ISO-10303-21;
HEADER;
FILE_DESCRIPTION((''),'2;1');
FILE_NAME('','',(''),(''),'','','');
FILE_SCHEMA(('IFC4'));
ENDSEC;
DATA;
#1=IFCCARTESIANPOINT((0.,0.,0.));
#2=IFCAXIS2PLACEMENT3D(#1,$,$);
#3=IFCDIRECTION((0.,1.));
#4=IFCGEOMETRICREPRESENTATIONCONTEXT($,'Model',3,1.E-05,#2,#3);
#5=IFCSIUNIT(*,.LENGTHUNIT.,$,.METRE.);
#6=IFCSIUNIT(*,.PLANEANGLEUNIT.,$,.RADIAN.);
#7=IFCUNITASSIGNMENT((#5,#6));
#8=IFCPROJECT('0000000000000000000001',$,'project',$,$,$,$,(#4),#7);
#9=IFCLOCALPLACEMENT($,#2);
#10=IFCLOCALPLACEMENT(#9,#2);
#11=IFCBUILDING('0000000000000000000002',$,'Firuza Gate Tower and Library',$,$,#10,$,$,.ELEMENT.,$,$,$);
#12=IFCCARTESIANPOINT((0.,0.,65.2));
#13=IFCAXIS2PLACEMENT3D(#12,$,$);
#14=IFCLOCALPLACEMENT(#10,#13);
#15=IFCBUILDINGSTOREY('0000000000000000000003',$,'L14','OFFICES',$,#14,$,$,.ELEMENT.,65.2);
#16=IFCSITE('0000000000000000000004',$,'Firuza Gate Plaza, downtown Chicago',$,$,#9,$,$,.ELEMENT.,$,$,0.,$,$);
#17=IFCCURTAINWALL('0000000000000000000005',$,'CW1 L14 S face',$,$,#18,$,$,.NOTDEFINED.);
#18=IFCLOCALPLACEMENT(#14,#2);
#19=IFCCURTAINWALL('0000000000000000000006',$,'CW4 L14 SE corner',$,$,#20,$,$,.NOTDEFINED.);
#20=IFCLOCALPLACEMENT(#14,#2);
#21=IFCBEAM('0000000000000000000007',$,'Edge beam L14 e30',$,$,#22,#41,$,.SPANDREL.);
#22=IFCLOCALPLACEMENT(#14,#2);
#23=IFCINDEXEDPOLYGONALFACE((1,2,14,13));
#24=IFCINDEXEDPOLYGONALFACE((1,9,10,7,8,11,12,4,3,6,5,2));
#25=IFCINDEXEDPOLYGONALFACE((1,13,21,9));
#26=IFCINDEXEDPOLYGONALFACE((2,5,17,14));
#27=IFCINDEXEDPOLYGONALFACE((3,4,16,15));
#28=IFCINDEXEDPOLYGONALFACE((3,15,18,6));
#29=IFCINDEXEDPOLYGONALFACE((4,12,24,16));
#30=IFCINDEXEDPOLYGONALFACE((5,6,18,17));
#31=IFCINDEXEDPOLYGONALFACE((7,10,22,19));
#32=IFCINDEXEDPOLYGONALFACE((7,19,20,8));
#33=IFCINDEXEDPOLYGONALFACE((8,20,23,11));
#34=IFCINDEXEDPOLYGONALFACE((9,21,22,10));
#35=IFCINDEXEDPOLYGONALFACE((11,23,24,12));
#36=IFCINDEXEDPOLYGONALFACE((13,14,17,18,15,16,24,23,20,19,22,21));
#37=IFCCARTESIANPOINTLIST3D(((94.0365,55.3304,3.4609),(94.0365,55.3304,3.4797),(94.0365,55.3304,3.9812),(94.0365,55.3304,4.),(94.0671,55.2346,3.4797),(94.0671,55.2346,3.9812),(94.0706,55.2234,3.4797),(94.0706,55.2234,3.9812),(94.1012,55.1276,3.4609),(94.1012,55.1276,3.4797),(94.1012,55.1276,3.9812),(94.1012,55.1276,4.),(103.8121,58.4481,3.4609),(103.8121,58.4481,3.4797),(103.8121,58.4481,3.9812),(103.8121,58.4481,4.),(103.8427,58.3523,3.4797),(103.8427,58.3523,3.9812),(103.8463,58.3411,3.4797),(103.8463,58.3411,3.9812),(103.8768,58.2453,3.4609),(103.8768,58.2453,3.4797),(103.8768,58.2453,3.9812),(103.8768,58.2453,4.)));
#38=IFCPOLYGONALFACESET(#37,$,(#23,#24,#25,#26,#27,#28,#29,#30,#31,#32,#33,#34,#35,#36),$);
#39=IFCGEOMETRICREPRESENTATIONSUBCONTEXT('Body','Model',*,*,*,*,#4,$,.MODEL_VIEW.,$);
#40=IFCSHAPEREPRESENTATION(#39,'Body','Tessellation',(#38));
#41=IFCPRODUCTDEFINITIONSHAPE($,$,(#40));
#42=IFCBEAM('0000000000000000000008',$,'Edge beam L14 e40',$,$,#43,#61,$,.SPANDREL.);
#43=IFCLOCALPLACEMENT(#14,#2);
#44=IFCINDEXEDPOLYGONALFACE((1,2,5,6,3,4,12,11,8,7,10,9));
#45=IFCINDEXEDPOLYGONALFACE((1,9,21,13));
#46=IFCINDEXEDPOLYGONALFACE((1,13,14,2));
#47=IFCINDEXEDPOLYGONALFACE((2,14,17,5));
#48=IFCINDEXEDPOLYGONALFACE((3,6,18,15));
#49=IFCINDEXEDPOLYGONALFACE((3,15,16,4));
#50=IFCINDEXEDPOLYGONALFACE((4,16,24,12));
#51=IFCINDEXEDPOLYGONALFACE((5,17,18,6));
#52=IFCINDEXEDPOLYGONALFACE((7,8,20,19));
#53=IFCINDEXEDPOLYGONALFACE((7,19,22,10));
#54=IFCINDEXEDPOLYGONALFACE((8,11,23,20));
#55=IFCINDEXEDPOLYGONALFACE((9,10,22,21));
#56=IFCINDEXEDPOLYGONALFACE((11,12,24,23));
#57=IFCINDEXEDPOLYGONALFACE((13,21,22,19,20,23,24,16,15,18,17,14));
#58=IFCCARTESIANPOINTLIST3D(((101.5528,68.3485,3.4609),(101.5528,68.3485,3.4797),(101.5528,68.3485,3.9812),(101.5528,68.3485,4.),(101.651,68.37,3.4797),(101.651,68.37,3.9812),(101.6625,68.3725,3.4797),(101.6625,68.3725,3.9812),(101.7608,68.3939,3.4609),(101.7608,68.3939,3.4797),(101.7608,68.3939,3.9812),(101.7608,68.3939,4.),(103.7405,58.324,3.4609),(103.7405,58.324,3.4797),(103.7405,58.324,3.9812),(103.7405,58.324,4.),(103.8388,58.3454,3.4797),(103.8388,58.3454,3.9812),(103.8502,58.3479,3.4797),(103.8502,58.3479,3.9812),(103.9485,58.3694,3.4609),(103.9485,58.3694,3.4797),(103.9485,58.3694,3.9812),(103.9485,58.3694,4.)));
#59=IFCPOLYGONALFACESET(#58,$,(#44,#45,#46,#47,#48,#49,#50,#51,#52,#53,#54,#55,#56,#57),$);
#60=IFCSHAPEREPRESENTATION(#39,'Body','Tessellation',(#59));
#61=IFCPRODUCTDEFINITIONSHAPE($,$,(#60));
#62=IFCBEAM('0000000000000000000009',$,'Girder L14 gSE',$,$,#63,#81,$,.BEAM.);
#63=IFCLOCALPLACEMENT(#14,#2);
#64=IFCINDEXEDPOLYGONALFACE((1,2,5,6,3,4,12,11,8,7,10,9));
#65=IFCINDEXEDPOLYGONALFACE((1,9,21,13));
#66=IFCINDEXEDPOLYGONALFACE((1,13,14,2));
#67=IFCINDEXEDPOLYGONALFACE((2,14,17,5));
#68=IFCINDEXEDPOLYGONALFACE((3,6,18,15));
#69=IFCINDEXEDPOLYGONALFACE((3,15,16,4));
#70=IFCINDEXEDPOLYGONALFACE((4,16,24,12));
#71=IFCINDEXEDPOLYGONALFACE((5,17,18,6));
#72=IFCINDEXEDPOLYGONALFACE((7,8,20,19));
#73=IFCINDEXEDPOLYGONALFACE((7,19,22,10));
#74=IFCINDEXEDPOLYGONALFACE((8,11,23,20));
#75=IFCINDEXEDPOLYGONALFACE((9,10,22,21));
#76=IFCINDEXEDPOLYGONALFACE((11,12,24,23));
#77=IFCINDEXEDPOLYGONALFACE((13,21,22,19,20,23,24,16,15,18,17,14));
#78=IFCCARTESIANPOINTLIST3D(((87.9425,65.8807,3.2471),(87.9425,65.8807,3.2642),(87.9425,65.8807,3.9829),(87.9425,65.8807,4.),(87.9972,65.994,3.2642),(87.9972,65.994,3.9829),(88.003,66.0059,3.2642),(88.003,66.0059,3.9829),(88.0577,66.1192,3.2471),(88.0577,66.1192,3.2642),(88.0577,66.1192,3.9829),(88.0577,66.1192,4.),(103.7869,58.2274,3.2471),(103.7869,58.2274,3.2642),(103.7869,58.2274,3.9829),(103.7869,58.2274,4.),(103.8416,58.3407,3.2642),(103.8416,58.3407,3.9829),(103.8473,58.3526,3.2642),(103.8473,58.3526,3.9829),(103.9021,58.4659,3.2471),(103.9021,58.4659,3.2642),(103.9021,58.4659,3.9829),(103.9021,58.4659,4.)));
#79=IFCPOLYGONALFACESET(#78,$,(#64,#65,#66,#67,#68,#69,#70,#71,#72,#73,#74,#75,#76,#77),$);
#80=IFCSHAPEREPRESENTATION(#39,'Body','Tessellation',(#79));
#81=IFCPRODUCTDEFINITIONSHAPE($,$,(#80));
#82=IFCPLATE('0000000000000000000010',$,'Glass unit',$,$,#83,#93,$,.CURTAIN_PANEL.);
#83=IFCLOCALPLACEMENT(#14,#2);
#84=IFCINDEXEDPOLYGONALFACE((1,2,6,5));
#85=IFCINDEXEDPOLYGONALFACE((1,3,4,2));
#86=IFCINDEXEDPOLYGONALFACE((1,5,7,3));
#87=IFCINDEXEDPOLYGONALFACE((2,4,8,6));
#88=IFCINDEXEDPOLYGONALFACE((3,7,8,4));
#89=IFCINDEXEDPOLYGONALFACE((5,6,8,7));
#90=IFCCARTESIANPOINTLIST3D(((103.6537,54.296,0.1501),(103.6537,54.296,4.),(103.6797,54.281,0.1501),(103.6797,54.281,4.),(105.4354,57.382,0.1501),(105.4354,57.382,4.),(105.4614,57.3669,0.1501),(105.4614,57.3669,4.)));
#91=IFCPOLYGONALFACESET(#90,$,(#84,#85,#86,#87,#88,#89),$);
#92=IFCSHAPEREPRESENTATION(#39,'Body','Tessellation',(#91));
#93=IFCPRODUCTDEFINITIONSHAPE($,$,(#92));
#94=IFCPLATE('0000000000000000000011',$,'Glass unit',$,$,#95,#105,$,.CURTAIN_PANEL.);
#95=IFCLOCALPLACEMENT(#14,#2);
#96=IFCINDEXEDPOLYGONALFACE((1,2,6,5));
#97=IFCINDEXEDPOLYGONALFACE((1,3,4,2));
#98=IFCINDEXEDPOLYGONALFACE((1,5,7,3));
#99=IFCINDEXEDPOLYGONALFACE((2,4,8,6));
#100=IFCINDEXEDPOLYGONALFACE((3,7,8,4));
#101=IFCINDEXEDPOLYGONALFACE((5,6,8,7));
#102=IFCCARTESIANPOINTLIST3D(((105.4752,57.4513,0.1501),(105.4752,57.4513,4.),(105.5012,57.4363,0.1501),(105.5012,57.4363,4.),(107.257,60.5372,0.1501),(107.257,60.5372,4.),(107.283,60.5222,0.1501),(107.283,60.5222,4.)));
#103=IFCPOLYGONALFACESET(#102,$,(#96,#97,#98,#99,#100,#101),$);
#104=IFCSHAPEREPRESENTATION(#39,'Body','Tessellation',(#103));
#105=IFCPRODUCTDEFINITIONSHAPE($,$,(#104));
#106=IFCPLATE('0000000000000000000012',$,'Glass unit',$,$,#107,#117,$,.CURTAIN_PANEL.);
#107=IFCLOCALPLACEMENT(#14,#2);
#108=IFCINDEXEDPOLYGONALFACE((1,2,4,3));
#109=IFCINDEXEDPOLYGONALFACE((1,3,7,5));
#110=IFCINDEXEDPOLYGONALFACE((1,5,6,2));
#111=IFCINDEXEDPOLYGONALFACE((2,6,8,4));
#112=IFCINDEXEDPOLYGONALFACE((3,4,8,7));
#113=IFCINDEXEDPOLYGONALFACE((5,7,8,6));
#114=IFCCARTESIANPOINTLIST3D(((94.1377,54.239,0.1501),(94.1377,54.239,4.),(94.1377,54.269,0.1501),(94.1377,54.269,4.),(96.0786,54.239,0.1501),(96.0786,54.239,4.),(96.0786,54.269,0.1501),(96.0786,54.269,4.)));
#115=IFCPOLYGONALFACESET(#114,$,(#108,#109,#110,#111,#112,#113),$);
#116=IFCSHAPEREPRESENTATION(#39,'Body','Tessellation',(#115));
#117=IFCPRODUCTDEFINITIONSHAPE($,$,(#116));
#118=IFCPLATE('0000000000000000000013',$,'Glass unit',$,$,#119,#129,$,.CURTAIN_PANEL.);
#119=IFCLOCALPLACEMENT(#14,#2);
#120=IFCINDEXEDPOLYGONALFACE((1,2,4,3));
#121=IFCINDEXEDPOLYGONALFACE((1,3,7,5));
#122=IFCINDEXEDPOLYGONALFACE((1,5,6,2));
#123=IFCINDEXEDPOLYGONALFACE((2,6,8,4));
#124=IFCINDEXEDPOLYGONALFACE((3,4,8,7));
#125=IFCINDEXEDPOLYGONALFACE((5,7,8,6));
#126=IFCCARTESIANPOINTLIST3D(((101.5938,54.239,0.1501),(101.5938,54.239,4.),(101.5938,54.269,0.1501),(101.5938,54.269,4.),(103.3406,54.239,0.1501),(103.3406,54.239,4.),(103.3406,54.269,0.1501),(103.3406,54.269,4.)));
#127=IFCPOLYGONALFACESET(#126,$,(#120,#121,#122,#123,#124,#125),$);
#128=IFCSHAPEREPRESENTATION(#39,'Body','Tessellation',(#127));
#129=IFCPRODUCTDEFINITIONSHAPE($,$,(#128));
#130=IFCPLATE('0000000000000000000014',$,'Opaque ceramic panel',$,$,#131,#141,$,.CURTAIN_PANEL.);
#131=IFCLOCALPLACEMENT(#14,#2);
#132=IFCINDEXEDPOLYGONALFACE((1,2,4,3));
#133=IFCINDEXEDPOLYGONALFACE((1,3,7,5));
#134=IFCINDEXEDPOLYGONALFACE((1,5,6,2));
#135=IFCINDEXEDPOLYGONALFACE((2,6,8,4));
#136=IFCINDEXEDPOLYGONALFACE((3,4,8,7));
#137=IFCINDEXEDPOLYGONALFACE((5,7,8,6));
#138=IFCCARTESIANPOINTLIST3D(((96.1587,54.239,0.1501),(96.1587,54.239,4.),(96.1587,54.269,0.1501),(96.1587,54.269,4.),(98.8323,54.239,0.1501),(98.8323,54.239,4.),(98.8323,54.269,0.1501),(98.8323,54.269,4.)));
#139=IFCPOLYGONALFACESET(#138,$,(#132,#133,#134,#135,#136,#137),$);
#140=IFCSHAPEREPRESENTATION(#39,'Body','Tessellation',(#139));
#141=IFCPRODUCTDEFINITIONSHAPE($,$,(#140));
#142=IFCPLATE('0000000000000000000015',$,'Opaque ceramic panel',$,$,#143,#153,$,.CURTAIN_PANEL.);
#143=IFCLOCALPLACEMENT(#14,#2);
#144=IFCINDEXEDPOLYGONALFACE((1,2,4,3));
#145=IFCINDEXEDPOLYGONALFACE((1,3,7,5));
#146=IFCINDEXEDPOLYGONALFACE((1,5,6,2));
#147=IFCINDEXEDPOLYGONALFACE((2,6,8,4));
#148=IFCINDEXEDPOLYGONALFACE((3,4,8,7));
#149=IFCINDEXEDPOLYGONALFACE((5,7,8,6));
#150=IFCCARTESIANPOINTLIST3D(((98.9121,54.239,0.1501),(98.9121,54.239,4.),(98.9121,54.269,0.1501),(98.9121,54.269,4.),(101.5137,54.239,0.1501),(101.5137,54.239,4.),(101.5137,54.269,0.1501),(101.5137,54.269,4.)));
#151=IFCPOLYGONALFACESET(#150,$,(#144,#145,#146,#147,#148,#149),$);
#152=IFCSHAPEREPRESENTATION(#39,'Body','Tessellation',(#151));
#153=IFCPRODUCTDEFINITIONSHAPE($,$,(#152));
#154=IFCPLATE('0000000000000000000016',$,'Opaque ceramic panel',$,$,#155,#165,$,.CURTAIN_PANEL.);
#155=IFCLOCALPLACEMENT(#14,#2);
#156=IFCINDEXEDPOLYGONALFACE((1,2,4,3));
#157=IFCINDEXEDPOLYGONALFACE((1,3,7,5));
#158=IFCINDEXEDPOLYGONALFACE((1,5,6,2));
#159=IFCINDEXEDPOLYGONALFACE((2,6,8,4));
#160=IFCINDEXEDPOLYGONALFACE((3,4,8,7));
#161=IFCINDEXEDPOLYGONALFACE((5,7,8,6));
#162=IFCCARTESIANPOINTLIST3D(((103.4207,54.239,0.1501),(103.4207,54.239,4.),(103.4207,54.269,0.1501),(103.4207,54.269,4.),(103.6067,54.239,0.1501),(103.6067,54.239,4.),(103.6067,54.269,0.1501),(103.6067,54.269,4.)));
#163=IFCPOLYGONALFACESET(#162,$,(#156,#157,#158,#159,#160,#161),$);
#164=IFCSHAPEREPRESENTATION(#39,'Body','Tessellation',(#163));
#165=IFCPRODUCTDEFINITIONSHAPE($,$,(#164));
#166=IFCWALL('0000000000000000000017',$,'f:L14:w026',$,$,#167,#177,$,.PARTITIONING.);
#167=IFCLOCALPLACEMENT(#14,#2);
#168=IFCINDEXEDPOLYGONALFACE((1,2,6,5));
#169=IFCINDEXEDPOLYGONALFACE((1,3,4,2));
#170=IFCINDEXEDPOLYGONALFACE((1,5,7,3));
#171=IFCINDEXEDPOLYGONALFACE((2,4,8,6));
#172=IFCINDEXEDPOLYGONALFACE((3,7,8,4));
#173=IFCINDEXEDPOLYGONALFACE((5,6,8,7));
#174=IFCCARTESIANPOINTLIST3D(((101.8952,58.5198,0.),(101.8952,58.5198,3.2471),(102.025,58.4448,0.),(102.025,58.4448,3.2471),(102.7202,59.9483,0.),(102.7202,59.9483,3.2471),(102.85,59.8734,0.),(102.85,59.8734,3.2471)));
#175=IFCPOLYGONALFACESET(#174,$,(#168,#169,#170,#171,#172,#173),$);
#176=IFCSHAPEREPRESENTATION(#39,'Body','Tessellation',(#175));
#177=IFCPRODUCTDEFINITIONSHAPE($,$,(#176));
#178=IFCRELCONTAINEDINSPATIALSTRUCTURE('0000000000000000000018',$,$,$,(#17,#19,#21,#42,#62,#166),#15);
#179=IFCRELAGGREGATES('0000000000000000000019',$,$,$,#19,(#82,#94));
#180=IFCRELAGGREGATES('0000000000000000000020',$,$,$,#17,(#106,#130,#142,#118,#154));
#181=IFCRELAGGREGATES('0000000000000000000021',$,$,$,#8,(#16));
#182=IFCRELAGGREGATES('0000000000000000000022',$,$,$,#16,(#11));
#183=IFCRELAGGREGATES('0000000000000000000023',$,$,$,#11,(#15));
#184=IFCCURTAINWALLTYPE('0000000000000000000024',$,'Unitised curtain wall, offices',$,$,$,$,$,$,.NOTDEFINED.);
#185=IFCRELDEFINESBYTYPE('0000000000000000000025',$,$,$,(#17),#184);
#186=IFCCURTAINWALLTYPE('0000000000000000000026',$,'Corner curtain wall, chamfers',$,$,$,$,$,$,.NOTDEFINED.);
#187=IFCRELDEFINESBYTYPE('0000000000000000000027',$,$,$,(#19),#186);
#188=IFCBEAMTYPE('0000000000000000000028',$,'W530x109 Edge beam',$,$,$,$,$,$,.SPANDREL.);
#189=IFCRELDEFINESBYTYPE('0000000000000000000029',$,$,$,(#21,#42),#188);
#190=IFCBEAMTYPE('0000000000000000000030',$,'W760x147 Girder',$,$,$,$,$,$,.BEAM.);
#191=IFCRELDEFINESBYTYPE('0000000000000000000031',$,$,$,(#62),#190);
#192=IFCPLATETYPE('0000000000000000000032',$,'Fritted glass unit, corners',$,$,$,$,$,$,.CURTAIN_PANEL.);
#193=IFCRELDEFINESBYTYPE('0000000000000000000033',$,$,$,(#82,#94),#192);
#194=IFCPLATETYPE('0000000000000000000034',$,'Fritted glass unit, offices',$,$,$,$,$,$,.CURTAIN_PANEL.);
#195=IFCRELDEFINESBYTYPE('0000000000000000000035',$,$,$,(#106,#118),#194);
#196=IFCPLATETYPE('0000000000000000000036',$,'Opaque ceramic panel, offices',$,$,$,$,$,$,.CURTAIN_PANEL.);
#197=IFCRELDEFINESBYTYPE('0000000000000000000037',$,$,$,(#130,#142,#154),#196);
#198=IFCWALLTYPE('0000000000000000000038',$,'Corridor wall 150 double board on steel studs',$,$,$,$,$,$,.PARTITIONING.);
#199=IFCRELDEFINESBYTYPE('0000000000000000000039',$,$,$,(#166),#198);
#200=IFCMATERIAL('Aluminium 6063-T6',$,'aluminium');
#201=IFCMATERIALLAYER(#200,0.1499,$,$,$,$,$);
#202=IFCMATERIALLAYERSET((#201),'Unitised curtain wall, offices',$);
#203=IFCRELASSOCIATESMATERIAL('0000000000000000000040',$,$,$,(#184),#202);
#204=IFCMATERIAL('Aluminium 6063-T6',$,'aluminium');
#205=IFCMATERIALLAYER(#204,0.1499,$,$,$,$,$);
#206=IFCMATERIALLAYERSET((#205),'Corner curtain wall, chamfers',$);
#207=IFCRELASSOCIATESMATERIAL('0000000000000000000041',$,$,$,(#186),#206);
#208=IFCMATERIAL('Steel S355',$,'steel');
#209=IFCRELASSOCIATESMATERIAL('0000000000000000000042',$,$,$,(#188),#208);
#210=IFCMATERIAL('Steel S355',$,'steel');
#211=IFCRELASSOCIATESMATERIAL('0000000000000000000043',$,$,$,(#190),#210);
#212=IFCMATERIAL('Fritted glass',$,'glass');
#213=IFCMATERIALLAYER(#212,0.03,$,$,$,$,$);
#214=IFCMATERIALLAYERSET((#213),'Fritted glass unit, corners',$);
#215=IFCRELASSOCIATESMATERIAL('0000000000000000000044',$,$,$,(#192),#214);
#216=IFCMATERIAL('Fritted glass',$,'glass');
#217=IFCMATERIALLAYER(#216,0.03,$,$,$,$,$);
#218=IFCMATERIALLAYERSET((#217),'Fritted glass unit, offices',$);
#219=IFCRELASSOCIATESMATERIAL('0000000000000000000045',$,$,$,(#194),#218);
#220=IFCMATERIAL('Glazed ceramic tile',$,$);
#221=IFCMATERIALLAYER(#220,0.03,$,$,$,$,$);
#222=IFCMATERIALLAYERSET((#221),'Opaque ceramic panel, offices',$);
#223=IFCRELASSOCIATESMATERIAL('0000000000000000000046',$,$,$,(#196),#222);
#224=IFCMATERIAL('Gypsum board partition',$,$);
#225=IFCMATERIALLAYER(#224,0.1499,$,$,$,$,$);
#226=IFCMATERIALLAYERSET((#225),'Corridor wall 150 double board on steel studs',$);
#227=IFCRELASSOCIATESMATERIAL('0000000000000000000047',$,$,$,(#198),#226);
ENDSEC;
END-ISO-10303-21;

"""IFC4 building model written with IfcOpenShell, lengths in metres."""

from ifc_helpers import new_model, si_unit, direction, frame, frame_2d, origin, origin_2d, place, context, subcontext, project, spatial, polyline, rectangle, i_section, outline, extrude, material, layer, layer_set, material_profile, profile_set, type_object, element, aggregate, save


model = new_model("IFC4")

# Units and contexts
model_context = context("Model", 3, precision=1e-05, world=origin(), true_north=direction((0.0, 1.0)))
body_context = subcontext(model_context, "Body", "Model", "MODEL_VIEW")
ifc_project = project(units=[si_unit("LENGTHUNIT", "METRE"), si_unit("PLANEANGLEUNIT", "RADIAN")], contexts=[model_context])

# Site, building, storey
site_placement = place(None, origin())
site = spatial("IfcSite", under=ifc_project, at=site_placement, Name="Firuza Gate Plaza, downtown Chicago", CompositionType="ELEMENT", RefElevation=0.0)
building_placement = place(site_placement, origin())
building = spatial("IfcBuilding", under=site, at=building_placement, Name="Firuza Gate Tower and Library", CompositionType="ELEMENT")
storey_placement = place(building_placement, frame((0.0, 0.0, 65.2)))
storey = spatial("IfcBuildingStorey", under=building, at=storey_placement, Name="L14", Description="OFFICES", CompositionType="ELEMENT", Elevation=65.2)

# Curtain walls
ifc_material_1 = material(Name="Aluminium 6063-T6", Category="aluminium")
ifc_layer_1 = layer(ifc_material_1, 0.1499)
ifc_layer_set_1 = layer_set([ifc_layer_1], Name="Unitised curtain wall, offices")
curtain_wall_type_1 = type_object("IfcCurtainWallType", Name="Unitised curtain wall, offices", PredefinedType="NOTDEFINED", material=ifc_layer_set_1)
placement = place(storey_placement, origin())
curtain_wall_1 = element("IfcCurtainWall", 1, at=placement, inside=storey, type_object=curtain_wall_type_1, Name="CW1 L14 S face", PredefinedType="NOTDEFINED")
ifc_material_2 = material(Name="Aluminium 6063-T6", Category="aluminium")
ifc_layer_2 = layer(ifc_material_2, 0.1499)
ifc_layer_set_2 = layer_set([ifc_layer_2], Name="Corner curtain wall, chamfers")
curtain_wall_type_2 = type_object("IfcCurtainWallType", Name="Corner curtain wall, chamfers", PredefinedType="NOTDEFINED", material=ifc_layer_set_2)
curtain_wall_2 = element("IfcCurtainWall", 2, at=placement, inside=storey, type_object=curtain_wall_type_2, Name="CW4 L14 SE corner", PredefinedType="NOTDEFINED")

# Beams
ifc_material_3 = material(Name="Steel S355", Category="steel")
ifc_material_profile_1 = material_profile(ifc_material_3, i_section(OverallWidth=0.2129, OverallDepth=0.5391, WebThickness=0.0117, FlangeThickness=0.0188, at=origin_2d()))
ifc_profile_set_1 = profile_set([ifc_material_profile_1], Name="Steel S355")
beam_type_1 = type_object("IfcBeamType", Name="W530x109 Edge beam", PredefinedType="SPANDREL", material=ifc_profile_set_1)
beam_1_placement = place(storey_placement, frame((94.0688, 55.229, 3.7305), z_axis=(0.952722, 0.303845, 0.0), x_axis=(-0.303845, 0.952722, 0.0)))
element("IfcBeam", 3, at=beam_1_placement, inside=storey, type_object=beam_type_1, Name="Edge beam L14 e30", PredefinedType="SPANDREL", context=body_context, shape_type="SweptSolid", body=[
    extrude(i_section(OverallWidth=0.2129, OverallDepth=0.5391, WebThickness=0.0117, FlangeThickness=0.0188, at=origin_2d()), origin(), (0.0, 0.0, 1.0), 10.2607),
])
beam_2_placement = place(storey_placement, frame((103.8445, 58.3467, 3.7305), z_axis=(-0.213218, 0.977005, 0.0), x_axis=(-0.977005, -0.213218, 0.0)))
element("IfcBeam", 4, at=beam_2_placement, inside=storey, type_object=beam_type_1, Name="Edge beam L14 e40", PredefinedType="SPANDREL", context=body_context, shape_type="SweptSolid", body=[
    extrude(i_section(OverallWidth=0.2129, OverallDepth=0.5391, WebThickness=0.0117, FlangeThickness=0.0188, at=origin_2d()), origin(), (0.0, 0.0, 1.0), 10.2605),
])
ifc_material_4 = material(Name="Steel S355", Category="steel")
ifc_material_profile_2 = material_profile(ifc_material_4, i_section(OverallWidth=0.2649, OverallDepth=0.7529, WebThickness=0.0132, FlangeThickness=0.0171, at=origin_2d()))
ifc_profile_set_2 = profile_set([ifc_material_profile_2], Name="Steel S355")
beam_type_2 = type_object("IfcBeamType", Name="W760x147 Girder", PredefinedType="BEAM", material=ifc_profile_set_2)
beam_3_placement = place(storey_placement, frame((103.8445, 58.3467, 3.6235), z_axis=(-0.900457, 0.434945, 0.0), x_axis=(-0.434945, -0.900457, 0.0)))
element("IfcBeam", 5, at=beam_3_placement, inside=storey, type_object=beam_type_2, Name="Girder L14 gSE", PredefinedType="BEAM", context=body_context, shape_type="SweptSolid", body=[
    extrude(i_section(OverallWidth=0.2649, OverallDepth=0.7529, WebThickness=0.0132, FlangeThickness=0.0171, at=origin_2d()), origin(), (0.0, 0.0, 1.0), 17.5959),
])

# Plates
ifc_material_5 = material(Name="Fritted glass", Category="glass")
ifc_layer_3 = layer(ifc_material_5, 0.03)
ifc_layer_set_3 = layer_set([ifc_layer_3], Name="Fritted glass unit, corners")
plate_type_1 = type_object("IfcPlateType", Name="Fritted glass unit, corners", PredefinedType="CURTAIN_PANEL", material=ifc_layer_set_3)
plate_1_placement = place(storey_placement, frame((103.6797, 54.281, 0.1501), z_axis=(0.866017, -0.500015, 0.0), x_axis=(0.500015, 0.866017, 0.0)))
plate_1 = element("IfcPlate", 6, at=plate_1_placement, type_object=plate_type_1, Name="Glass unit", PredefinedType="CURTAIN_PANEL", context=body_context, shape_type="SweptSolid", body=[
    extrude(outline(polyline([(0.0, 0.0), (3.5634, 0.0), (3.5634, 3.8499), (0.0, 3.8499), (0.0, 0.0)])), origin(), (0.0, 0.0, -1.0), 0.03),
])
plate_2_placement = place(storey_placement, frame((105.5012, 57.4363, 0.1501), z_axis=(0.866017, -0.500015, 0.0), x_axis=(0.500015, 0.866017, 0.0)))
plate_2 = element("IfcPlate", 7, at=plate_2_placement, type_object=plate_type_1, Name="Glass unit", PredefinedType="CURTAIN_PANEL", context=body_context, shape_type="SweptSolid", body=[
    extrude(outline(polyline([(0.0, 0.0), (3.5634, 0.0), (3.5634, 3.8499), (0.0, 3.8499), (0.0, 0.0)])), origin(), (0.0, 0.0, -1.0), 0.03),
])
aggregate(curtain_wall_2, [plate_1, plate_2])
ifc_material_6 = material(Name="Fritted glass", Category="glass")
ifc_layer_4 = layer(ifc_material_6, 0.03)
ifc_layer_set_4 = layer_set([ifc_layer_4], Name="Fritted glass unit, offices")
plate_type_2 = type_object("IfcPlateType", Name="Fritted glass unit, offices", PredefinedType="CURTAIN_PANEL", material=ifc_layer_set_4)
plate_3_placement = place(storey_placement, frame((94.1377, 54.239, 0.1501), z_axis=(0.0, -1.0, 0.0), x_axis=(1.0, 0.0, 0.0)))
plate_3 = element("IfcPlate", 8, at=plate_3_placement, type_object=plate_type_2, Name="Glass unit", PredefinedType="CURTAIN_PANEL", context=body_context, shape_type="SweptSolid", body=[
    extrude(outline(polyline([(0.0, 0.0), (1.9409, 0.0), (1.9409, 3.8499), (0.0, 3.8499), (0.0, 0.0)])), origin(), (0.0, 0.0, -1.0), 0.03),
])
plate_4_placement = place(storey_placement, frame((101.5938, 54.239, 0.1501), z_axis=(0.0, -1.0, 0.0), x_axis=(1.0, 0.0, 0.0)))
plate_4 = element("IfcPlate", 9, at=plate_4_placement, type_object=plate_type_2, Name="Glass unit", PredefinedType="CURTAIN_PANEL", context=body_context, shape_type="SweptSolid", body=[
    extrude(outline(polyline([(0.0, 0.0), (1.7468, 0.0), (1.7468, 3.8499), (0.0, 3.8499), (0.0, 0.0)])), origin(), (0.0, 0.0, -1.0), 0.03),
])
ifc_material_7 = material(Name="Glazed ceramic tile")
ifc_layer_5 = layer(ifc_material_7, 0.03)
ifc_layer_set_5 = layer_set([ifc_layer_5], Name="Opaque ceramic panel, offices")
plate_type_3 = type_object("IfcPlateType", Name="Opaque ceramic panel, offices", PredefinedType="CURTAIN_PANEL", material=ifc_layer_set_5)
plate_5_placement = place(storey_placement, frame((96.1587, 54.239, 0.1501), z_axis=(0.0, -1.0, 0.0), x_axis=(1.0, 0.0, 0.0)))
plate_5 = element("IfcPlate", 10, at=plate_5_placement, type_object=plate_type_3, Name="Opaque ceramic panel", PredefinedType="CURTAIN_PANEL", context=body_context, shape_type="SweptSolid", body=[
    extrude(outline(polyline([(0.0, 0.0), (2.6736, 0.0), (2.6736, 3.8499), (0.0, 3.8499), (0.0, 0.0)])), origin(), (0.0, 0.0, -1.0), 0.03),
])
plate_6_placement = place(storey_placement, frame((98.9121, 54.239, 0.1501), z_axis=(0.0, -1.0, 0.0), x_axis=(1.0, 0.0, 0.0)))
plate_6 = element("IfcPlate", 11, at=plate_6_placement, type_object=plate_type_3, Name="Opaque ceramic panel", PredefinedType="CURTAIN_PANEL", context=body_context, shape_type="SweptSolid", body=[
    extrude(outline(polyline([(0.0, 0.0), (2.6016, 0.0), (2.6016, 3.8499), (0.0, 3.8499), (0.0, 0.0)])), origin(), (0.0, 0.0, -1.0), 0.03),
])
plate_7_placement = place(storey_placement, frame((103.4207, 54.239, 0.1501), z_axis=(0.0, -1.0, 0.0), x_axis=(1.0, 0.0, 0.0)))
plate_7 = element("IfcPlate", 12, at=plate_7_placement, type_object=plate_type_3, Name="Opaque ceramic panel", PredefinedType="CURTAIN_PANEL", context=body_context, shape_type="SweptSolid", body=[
    extrude(outline(polyline([(0.0, 0.0), (0.186, 0.0), (0.186, 3.8499), (0.0, 3.8499), (0.0, 0.0)])), origin(), (0.0, 0.0, -1.0), 0.03),
])
aggregate(curtain_wall_1, [plate_3, plate_5, plate_6, plate_4, plate_7])

# Wall
ifc_material_8 = material(Name="Gypsum board partition")
ifc_layer_6 = layer(ifc_material_8, 0.1499)
ifc_layer_set_6 = layer_set([ifc_layer_6], Name="Corridor wall 150 double board on steel studs")
wall_type_1 = type_object("IfcWallType", Name="Corridor wall 150 double board on steel studs", PredefinedType="PARTITIONING", material=ifc_layer_set_6)
wall_1_placement = place(storey_placement, frame((101.9602, 58.4824, 0.0), z_axis=(0.0, 0.0, 1.0), x_axis=(0.500103, 0.865966, 0.0)))
element("IfcWall", 13, at=wall_1_placement, inside=storey, type_object=wall_type_1, Name="f:L14:w026", PredefinedType="PARTITIONING", context=body_context, shape_type="SweptSolid", body=[
    extrude(rectangle(XDim=1.6497, YDim=0.1499, at=frame_2d((0.8247, 0.0))), origin(), (0.0, 0.0, 1.0), 3.2471),
])

save(model, "model.ifc")
